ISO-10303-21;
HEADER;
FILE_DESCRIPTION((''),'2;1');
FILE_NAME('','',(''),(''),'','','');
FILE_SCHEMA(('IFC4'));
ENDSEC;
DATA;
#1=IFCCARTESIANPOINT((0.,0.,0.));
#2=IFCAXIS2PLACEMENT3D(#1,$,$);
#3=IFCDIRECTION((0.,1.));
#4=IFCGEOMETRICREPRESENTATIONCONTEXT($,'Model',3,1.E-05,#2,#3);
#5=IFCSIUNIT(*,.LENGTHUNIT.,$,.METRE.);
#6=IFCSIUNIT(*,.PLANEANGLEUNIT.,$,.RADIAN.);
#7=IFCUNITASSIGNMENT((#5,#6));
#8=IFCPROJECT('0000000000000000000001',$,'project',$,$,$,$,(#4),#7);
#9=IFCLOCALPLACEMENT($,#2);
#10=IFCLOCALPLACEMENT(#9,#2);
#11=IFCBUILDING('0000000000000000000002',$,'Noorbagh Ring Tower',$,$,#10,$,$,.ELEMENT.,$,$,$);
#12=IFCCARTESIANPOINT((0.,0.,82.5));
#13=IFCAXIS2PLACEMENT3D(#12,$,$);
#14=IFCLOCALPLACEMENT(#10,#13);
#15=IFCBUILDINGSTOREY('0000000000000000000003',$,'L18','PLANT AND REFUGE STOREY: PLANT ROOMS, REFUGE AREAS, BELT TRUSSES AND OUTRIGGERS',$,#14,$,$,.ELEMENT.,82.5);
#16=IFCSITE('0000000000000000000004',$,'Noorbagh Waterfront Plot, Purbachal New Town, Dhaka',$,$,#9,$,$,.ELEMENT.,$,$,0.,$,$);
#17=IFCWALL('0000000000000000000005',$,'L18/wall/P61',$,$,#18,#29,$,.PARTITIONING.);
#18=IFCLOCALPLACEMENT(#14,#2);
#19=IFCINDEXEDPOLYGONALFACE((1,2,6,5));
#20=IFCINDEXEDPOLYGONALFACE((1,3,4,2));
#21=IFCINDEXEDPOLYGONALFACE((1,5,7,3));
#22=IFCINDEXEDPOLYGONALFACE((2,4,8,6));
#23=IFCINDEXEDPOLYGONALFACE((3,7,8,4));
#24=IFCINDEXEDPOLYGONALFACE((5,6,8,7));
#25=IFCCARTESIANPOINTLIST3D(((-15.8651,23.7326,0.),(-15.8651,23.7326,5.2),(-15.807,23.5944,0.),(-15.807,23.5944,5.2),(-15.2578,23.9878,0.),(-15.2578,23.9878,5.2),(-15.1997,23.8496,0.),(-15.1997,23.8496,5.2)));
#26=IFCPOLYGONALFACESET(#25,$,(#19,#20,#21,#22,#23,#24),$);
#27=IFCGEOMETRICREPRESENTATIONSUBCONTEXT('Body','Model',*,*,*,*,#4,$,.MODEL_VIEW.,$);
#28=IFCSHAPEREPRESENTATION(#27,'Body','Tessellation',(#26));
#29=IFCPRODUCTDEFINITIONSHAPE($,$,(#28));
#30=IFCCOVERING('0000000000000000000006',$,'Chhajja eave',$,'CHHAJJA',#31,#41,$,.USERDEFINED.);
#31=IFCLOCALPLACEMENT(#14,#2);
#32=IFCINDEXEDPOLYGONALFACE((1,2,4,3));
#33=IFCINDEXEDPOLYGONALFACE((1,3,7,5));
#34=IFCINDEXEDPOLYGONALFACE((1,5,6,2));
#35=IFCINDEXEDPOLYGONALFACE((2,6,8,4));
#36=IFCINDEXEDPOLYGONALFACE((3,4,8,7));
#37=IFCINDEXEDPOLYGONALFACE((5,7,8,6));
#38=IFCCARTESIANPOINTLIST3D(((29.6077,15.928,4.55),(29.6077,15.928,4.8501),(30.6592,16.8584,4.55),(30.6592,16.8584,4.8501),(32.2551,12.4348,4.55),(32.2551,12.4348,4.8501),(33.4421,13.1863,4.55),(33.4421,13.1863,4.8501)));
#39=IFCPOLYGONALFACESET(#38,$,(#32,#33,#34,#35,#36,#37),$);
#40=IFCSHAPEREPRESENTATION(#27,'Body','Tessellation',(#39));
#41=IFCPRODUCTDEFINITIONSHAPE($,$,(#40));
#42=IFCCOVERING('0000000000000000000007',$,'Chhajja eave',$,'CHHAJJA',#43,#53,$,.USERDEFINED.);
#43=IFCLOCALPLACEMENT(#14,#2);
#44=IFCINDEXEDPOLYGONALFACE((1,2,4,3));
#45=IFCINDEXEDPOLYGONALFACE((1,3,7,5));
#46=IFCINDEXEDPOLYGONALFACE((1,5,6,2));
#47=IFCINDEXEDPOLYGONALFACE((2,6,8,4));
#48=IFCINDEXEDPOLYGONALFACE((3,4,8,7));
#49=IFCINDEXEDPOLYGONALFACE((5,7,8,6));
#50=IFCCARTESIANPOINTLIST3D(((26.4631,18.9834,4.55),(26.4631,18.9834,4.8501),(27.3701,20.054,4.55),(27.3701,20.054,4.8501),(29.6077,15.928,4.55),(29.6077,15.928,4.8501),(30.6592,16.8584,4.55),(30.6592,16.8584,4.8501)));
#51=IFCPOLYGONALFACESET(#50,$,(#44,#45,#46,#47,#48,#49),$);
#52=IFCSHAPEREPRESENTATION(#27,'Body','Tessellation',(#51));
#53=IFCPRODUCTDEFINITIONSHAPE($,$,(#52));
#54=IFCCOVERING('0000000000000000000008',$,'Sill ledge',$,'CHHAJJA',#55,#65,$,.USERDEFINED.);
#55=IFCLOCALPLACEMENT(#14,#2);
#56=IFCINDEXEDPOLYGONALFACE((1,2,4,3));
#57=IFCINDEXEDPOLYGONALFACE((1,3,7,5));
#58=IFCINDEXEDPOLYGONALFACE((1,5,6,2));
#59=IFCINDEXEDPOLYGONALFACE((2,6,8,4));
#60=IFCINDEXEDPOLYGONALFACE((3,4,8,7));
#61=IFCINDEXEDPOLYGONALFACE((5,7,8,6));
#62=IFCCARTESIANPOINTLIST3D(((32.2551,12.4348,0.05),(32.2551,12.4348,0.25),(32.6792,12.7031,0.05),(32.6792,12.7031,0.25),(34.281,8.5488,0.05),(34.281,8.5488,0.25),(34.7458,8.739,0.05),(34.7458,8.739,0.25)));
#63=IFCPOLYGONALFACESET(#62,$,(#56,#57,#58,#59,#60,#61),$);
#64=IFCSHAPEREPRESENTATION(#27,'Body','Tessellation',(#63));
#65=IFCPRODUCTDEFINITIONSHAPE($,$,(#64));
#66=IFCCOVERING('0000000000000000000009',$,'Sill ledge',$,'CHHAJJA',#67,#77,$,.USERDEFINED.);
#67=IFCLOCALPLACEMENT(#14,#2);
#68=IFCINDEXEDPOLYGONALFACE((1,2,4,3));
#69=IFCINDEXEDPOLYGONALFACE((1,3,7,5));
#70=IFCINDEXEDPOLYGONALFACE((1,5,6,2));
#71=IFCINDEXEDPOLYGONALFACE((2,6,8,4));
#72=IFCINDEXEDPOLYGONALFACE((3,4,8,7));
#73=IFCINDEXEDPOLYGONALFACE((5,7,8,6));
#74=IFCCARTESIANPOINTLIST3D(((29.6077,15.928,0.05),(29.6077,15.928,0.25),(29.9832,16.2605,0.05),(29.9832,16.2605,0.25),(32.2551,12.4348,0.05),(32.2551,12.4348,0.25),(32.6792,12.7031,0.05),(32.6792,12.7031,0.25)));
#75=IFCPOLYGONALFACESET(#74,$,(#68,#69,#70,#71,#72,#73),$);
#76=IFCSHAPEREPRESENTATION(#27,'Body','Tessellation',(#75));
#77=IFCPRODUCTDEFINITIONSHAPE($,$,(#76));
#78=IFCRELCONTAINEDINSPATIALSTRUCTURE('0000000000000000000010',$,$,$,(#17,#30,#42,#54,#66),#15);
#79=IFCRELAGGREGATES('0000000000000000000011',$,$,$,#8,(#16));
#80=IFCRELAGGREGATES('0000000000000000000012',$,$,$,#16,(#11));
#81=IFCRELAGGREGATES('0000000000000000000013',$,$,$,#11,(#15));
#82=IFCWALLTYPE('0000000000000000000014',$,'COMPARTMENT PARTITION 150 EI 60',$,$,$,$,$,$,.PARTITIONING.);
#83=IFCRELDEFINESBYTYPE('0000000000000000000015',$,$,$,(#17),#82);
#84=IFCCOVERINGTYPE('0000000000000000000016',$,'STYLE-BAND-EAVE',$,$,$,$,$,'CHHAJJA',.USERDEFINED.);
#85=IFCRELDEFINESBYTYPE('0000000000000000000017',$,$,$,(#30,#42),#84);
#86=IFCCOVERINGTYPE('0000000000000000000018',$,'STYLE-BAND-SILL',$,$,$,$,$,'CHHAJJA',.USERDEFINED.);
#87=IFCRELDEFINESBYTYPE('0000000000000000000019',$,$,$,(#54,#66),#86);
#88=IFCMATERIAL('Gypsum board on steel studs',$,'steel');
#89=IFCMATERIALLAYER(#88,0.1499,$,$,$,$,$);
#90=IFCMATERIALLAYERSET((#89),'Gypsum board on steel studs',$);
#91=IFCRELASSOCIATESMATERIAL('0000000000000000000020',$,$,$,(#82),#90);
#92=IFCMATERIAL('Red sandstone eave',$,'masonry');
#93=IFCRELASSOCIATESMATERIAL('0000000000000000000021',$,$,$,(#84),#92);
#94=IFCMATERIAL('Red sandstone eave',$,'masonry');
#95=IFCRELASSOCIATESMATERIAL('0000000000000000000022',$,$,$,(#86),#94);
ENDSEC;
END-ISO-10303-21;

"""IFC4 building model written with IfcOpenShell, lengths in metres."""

from ifc_helpers import new_model, si_unit, direction, frame, frame_2d, origin, place, context, subcontext, project, spatial, polyline, rectangle, outline, extrude, material, layer, layer_set, type_object, element, save


model = new_model("IFC4")

# Units and contexts
model_context = context("Model", 3, precision=1e-05, world=origin(), true_north=direction((0.0, 1.0)))
body_context = subcontext(model_context, "Body", "Model", "MODEL_VIEW")
ifc_project = project(units=[si_unit("LENGTHUNIT", "METRE"), si_unit("PLANEANGLEUNIT", "RADIAN")], contexts=[model_context])

# Site, building, storey
site_placement = place(None, origin())
site = spatial("IfcSite", under=ifc_project, at=site_placement, Name="Noorbagh Waterfront Plot, Purbachal New Town, Dhaka", CompositionType="ELEMENT", RefElevation=0.0)
building_placement = place(site_placement, origin())
building = spatial("IfcBuilding", under=site, at=building_placement, Name="Noorbagh Ring Tower", CompositionType="ELEMENT")
storey_placement = place(building_placement, frame((0.0, 0.0, 82.5)))
storey = spatial("IfcBuildingStorey", under=building, at=storey_placement, Name="L18", Description="PLANT AND REFUGE STOREY: PLANT ROOMS, REFUGE AREAS, BELT TRUSSES AND OUTRIGGERS", CompositionType="ELEMENT", Elevation=82.5)

# Shared definitions
ifc_material_1 = material(Name="Gypsum board on steel studs", Category="steel")
ifc_layer = layer(ifc_material_1, 0.1499)
ifc_layer_set = layer_set([ifc_layer], Name="Gypsum board on steel studs")
wall_type = type_object("IfcWallType", Name="COMPARTMENT PARTITION 150 EI 60", PredefinedType="PARTITIONING", material=ifc_layer_set)

# Wall
wall_1_placement = place(storey_placement, frame((-15.2288, 23.9187, 0.0), z_axis=(0.0, 0.0, 1.0), x_axis=(-0.921921, -0.387377, 0.0)))
element("IfcWall", 1, at=wall_1_placement, inside=storey, type_object=wall_type, Name="L18/wall/P61", PredefinedType="PARTITIONING", context=body_context, shape_type="SweptSolid", body=[
    extrude(rectangle(XDim=0.6587, YDim=0.1499, at=frame_2d((0.3293, 0.0))), origin(), (0.0, 0.0, 1.0), 5.2),
])

# Coverings
ifc_material_2 = material(Name="Red sandstone eave", Category="masonry")
covering_type_1 = type_object("IfcCoveringType", Name="STYLE-BAND-EAVE", ElementType="CHHAJJA", PredefinedType="USERDEFINED", material=ifc_material_2)
covering_1_placement = place(storey_placement, frame((0.0, 0.0, 4.55)))
element("IfcCovering", 2, at=covering_1_placement, inside=storey, type_object=covering_type_1, Name="Chhajja eave", ObjectType="CHHAJJA", PredefinedType="USERDEFINED", context=body_context, shape_type="SweptSolid", body=[
    extrude(outline(polyline([(32.2551, 12.4348), (29.6077, 15.928), (30.6592, 16.8584), (33.4421, 13.1863), (32.2551, 12.4348)])), origin(), (0.0, 0.0, 1.0), 0.3),
])
covering_2_placement = place(storey_placement, frame((0.0, 0.0, 4.55)))
element("IfcCovering", 3, at=covering_2_placement, inside=storey, type_object=covering_type_1, Name="Chhajja eave", ObjectType="CHHAJJA", PredefinedType="USERDEFINED", context=body_context, shape_type="SweptSolid", body=[
    extrude(outline(polyline([(29.6077, 15.928), (26.4631, 18.9834), (27.3701, 20.054), (30.6592, 16.8584), (29.6077, 15.928)])), origin(), (0.0, 0.0, 1.0), 0.3),
])
ifc_material_3 = material(Name="Red sandstone eave", Category="masonry")
covering_type_2 = type_object("IfcCoveringType", Name="STYLE-BAND-SILL", ElementType="CHHAJJA", PredefinedType="USERDEFINED", material=ifc_material_3)
covering_3_placement = place(storey_placement, frame((0.0, 0.0, 0.05)))
element("IfcCovering", 4, at=covering_3_placement, inside=storey, type_object=covering_type_2, Name="Sill ledge", ObjectType="CHHAJJA", PredefinedType="USERDEFINED", context=body_context, shape_type="SweptSolid", body=[
    extrude(outline(polyline([(34.281, 8.5488), (32.2551, 12.4348), (32.6792, 12.7031), (34.7458, 8.739), (34.281, 8.5488)])), origin(), (0.0, 0.0, 1.0), 0.2),
])
covering_4_placement = place(storey_placement, frame((0.0, 0.0, 0.05)))
element("IfcCovering", 5, at=covering_4_placement, inside=storey, type_object=covering_type_2, Name="Sill ledge", ObjectType="CHHAJJA", PredefinedType="USERDEFINED", context=body_context, shape_type="SweptSolid", body=[
    extrude(outline(polyline([(32.2551, 12.4348), (29.6077, 15.928), (29.9832, 16.2605), (32.6792, 12.7031), (32.2551, 12.4348)])), origin(), (0.0, 0.0, 1.0), 0.2),
])

save(model, "model.ifc")
